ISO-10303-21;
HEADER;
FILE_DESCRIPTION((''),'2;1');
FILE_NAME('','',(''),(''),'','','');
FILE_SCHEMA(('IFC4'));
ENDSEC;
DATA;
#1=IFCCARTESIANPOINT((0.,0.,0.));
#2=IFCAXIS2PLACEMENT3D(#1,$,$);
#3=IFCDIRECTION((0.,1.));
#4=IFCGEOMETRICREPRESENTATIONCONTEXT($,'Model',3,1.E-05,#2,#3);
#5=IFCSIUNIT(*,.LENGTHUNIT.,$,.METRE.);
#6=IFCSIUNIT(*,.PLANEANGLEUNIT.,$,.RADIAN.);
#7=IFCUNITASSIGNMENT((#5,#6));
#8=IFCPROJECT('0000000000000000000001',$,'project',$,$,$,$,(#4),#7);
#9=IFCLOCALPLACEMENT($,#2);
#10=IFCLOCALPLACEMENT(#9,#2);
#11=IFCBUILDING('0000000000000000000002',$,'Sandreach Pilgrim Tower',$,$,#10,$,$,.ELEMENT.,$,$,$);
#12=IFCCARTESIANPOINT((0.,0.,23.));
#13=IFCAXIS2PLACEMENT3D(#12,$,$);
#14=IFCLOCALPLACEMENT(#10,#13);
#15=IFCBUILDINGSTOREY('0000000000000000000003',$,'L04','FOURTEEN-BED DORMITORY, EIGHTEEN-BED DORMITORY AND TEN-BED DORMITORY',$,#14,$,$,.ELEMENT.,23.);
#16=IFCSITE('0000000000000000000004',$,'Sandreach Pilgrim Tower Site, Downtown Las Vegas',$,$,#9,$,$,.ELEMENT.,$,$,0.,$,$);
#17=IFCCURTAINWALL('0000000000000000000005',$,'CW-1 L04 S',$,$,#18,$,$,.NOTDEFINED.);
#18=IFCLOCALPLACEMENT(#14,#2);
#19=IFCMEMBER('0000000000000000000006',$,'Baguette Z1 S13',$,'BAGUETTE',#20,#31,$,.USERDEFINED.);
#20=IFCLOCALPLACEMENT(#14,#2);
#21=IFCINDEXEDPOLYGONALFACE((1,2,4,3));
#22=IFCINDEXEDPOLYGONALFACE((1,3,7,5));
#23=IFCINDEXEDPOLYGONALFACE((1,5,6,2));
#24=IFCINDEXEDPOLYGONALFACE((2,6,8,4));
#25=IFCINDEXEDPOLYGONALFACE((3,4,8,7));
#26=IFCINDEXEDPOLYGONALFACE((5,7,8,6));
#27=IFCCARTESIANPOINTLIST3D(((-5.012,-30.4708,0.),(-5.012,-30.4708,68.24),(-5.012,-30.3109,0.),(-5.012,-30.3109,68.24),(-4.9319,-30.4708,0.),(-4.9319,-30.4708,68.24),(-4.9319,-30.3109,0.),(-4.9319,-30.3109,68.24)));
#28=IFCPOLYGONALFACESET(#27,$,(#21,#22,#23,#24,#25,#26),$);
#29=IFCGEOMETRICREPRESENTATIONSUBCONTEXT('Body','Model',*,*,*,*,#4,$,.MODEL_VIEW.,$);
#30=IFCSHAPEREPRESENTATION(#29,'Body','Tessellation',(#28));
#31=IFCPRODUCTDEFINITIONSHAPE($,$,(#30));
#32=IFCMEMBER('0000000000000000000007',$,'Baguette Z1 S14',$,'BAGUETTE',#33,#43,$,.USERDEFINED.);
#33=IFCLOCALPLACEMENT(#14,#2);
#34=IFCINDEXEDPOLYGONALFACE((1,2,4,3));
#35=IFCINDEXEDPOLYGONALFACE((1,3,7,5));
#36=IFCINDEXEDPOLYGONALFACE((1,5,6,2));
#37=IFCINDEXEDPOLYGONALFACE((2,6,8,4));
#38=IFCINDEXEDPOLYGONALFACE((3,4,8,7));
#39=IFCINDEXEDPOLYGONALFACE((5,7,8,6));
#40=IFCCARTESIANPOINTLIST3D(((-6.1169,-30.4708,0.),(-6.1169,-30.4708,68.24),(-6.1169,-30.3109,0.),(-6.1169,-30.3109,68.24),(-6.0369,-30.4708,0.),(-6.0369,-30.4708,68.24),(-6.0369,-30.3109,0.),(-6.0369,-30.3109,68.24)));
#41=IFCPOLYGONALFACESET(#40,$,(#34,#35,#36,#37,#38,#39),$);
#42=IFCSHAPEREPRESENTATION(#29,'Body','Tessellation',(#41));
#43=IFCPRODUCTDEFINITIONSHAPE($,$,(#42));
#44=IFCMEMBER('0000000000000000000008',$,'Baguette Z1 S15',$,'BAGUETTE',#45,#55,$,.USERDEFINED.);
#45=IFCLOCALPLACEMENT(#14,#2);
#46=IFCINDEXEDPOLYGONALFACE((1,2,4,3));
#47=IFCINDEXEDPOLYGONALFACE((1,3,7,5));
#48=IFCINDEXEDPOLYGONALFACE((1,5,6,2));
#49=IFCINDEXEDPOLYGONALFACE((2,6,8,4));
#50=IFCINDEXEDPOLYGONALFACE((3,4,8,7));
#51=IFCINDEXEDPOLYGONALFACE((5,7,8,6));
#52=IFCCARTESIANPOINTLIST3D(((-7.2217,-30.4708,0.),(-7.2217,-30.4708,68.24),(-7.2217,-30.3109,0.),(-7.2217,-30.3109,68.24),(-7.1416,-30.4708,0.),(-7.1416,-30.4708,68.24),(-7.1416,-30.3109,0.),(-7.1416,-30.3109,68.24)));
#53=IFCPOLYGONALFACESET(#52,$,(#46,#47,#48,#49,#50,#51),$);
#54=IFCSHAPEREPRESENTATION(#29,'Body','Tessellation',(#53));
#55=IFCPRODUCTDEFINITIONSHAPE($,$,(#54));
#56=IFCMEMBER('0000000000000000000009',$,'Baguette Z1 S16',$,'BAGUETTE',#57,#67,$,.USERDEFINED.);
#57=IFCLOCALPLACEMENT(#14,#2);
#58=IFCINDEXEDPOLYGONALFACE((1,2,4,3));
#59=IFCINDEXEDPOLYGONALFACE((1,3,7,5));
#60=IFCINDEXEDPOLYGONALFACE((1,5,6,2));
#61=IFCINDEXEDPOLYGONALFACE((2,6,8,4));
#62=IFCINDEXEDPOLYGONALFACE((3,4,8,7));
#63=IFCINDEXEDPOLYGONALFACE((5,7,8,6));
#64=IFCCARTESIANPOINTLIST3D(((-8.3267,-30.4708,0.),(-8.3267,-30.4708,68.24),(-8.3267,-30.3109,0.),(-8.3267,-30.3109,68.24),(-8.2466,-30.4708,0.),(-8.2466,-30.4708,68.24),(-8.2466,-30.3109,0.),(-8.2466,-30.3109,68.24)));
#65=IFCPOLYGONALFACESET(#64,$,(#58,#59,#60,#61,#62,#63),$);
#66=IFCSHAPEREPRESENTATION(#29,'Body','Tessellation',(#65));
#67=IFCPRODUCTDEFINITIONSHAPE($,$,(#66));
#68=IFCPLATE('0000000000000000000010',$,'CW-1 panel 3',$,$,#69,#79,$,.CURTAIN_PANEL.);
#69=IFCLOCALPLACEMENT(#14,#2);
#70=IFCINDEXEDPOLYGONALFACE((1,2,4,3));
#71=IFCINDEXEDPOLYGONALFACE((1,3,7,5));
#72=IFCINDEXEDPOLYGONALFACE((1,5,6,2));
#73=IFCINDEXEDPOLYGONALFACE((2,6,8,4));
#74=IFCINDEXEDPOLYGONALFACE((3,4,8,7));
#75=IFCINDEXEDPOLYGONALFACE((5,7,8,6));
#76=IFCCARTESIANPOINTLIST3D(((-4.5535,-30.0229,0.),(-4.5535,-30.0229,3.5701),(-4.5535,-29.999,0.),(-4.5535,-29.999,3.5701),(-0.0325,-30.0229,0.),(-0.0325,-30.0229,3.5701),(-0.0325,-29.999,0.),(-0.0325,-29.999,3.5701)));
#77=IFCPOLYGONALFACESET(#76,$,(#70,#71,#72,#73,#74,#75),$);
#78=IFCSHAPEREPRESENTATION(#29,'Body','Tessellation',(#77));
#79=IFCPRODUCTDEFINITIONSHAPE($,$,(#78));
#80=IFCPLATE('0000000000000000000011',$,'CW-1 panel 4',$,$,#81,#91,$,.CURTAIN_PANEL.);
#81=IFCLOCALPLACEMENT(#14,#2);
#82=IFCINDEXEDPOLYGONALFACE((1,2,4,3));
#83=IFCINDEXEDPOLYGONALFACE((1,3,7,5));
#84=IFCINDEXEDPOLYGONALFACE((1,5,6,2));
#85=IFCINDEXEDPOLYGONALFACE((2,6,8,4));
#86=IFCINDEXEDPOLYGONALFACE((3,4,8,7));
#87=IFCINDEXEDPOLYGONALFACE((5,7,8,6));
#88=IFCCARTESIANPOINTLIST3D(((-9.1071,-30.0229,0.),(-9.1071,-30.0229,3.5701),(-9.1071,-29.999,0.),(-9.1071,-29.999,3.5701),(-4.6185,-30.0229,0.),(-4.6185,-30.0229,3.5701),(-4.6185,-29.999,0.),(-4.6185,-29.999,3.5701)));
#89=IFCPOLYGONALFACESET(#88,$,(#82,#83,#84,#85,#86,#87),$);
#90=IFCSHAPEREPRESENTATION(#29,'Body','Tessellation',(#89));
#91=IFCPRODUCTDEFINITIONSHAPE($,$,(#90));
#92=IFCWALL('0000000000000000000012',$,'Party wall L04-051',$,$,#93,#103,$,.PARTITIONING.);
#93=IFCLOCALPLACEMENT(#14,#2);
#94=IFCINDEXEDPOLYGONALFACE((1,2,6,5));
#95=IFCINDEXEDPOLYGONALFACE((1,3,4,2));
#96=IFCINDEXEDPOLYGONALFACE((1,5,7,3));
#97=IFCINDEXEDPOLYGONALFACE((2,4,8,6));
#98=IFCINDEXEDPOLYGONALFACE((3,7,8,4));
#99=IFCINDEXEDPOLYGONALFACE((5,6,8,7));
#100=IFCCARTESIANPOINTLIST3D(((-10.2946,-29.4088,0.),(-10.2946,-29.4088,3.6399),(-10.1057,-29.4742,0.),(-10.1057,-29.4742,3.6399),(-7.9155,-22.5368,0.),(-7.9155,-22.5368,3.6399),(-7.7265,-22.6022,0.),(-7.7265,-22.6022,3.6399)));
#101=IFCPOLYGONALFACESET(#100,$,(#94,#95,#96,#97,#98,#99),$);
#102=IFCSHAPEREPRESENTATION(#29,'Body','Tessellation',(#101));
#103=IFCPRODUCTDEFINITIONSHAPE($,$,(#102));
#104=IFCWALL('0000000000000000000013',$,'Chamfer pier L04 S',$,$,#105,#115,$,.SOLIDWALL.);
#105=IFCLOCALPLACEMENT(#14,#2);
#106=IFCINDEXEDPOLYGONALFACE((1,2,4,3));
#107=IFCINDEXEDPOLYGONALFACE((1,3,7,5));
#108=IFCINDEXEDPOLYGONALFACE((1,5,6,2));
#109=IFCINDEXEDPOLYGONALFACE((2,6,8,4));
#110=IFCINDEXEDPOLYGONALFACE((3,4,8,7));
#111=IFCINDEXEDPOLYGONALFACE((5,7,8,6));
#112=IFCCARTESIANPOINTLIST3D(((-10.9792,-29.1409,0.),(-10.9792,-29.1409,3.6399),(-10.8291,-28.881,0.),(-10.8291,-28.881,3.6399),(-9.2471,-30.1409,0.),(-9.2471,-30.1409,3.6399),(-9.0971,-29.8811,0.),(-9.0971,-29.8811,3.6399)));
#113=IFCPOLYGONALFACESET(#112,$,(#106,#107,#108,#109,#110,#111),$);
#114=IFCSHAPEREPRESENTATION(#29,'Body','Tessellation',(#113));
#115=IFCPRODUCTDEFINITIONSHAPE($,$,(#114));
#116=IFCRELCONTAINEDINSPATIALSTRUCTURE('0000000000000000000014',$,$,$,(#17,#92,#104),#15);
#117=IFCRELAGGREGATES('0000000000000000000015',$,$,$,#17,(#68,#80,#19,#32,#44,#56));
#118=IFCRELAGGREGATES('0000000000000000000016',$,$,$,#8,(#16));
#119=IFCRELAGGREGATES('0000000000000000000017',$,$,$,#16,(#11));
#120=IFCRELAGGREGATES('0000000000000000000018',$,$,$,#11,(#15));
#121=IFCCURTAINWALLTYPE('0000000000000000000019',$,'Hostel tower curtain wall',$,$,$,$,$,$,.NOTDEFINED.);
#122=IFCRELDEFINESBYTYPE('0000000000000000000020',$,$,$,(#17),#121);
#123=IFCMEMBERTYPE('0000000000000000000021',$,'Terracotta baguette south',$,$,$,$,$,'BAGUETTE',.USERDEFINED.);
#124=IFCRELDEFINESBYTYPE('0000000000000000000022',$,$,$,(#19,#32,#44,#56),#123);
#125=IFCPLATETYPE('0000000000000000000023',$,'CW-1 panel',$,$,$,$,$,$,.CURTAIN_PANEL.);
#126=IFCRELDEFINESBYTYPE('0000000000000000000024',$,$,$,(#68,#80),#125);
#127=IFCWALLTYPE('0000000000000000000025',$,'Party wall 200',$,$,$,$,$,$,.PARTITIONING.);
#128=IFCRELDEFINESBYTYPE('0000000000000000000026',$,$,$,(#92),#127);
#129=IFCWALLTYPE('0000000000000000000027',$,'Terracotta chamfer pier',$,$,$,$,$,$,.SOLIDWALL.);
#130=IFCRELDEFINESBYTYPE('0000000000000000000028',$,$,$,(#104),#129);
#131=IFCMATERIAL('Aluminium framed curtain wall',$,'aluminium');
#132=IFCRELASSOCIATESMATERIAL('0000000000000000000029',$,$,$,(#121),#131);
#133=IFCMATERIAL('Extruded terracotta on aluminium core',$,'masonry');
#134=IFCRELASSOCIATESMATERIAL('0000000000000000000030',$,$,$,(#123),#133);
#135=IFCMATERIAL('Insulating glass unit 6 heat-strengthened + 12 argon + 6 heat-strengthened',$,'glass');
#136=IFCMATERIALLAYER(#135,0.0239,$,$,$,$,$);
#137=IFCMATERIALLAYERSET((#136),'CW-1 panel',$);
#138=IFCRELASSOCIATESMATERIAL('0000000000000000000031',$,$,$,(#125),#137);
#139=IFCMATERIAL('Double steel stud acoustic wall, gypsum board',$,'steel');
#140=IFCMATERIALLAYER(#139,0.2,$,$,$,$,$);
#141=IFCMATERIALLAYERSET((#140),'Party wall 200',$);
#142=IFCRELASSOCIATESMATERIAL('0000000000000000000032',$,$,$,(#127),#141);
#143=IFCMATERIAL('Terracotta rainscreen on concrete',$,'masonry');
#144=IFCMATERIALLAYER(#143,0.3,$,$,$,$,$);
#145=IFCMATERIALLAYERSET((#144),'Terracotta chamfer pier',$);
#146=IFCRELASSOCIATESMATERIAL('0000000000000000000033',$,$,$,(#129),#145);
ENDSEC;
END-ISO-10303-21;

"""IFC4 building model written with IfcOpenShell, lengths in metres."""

from ifc_helpers import new_model, si_unit, direction, frame, frame_2d, origin, origin_2d, place, context, subcontext, project, spatial, rectangle, extrude, material, layer, layer_set, material_profile, profile_set, type_object, element, aggregate, save


model = new_model("IFC4")

# Units and contexts
model_context = context("Model", 3, precision=1e-05, world=origin(), true_north=direction((0.0, 1.0)))
body_context = subcontext(model_context, "Body", "Model", "MODEL_VIEW")
ifc_project = project(units=[si_unit("LENGTHUNIT", "METRE"), si_unit("PLANEANGLEUNIT", "RADIAN")], contexts=[model_context])

# Site, building, storey
site_placement = place(None, origin())
site = spatial("IfcSite", under=ifc_project, at=site_placement, Name="Sandreach Pilgrim Tower Site, Downtown Las Vegas", CompositionType="ELEMENT", RefElevation=0.0)
building_placement = place(site_placement, origin())
building = spatial("IfcBuilding", under=site, at=building_placement, Name="Sandreach Pilgrim Tower", CompositionType="ELEMENT")
storey_placement = place(building_placement, frame((0.0, 0.0, 23.0)))
storey = spatial("IfcBuildingStorey", under=building, at=storey_placement, Name="L04", Description="FOURTEEN-BED DORMITORY, EIGHTEEN-BED DORMITORY AND TEN-BED DORMITORY", CompositionType="ELEMENT", Elevation=23.0)

# Curtain wall
ifc_material_1 = material(Name="Aluminium framed curtain wall", Category="aluminium")
curtain_wall_type = type_object("IfcCurtainWallType", Name="Hostel tower curtain wall", PredefinedType="NOTDEFINED", material=ifc_material_1)
curtain_wall_placement = place(storey_placement, origin())
curtain_wall = element("IfcCurtainWall", 1, at=curtain_wall_placement, inside=storey, type_object=curtain_wall_type, Name="CW-1 L04 S", PredefinedType="NOTDEFINED")

# Members
ifc_material_2 = material(Name="Extruded terracotta on aluminium core", Category="masonry")
ifc_material_profile_1 = material_profile(ifc_material_2, rectangle(XDim=0.0801, YDim=0.1599, at=origin_2d()), Name="TBS 80X160")
ifc_profile_set_1 = profile_set([ifc_material_profile_1], Name="Extruded terracotta on aluminium core")
member_type_1 = type_object("IfcMemberType", Name="Terracotta baguette south", ElementType="BAGUETTE", PredefinedType="USERDEFINED", material=ifc_profile_set_1)
member_1_placement = place(storey_placement, frame((-4.9719, -30.3909, 0.0), z_axis=(0.0, 0.0, 1.0), x_axis=(-1.0, 0.0, 0.0)))
member_1 = element("IfcMember", 2, at=member_1_placement, type_object=member_type_1, Name="Baguette Z1 S13", ObjectType="BAGUETTE", PredefinedType="USERDEFINED", context=body_context, shape_type="SweptSolid", body=[
    extrude(rectangle(XDim=0.0801, YDim=0.1599, at=origin_2d()), origin(), (0.0, 0.0, 1.0), 68.24),
])
member_2_placement = place(storey_placement, frame((-6.0769, -30.3909, 0.0), z_axis=(0.0, 0.0, 1.0), x_axis=(-1.0, 0.0, 0.0)))
member_2 = element("IfcMember", 3, at=member_2_placement, type_object=member_type_1, Name="Baguette Z1 S14", ObjectType="BAGUETTE", PredefinedType="USERDEFINED", context=body_context, shape_type="SweptSolid", body=[
    extrude(rectangle(XDim=0.0801, YDim=0.1599, at=origin_2d()), origin(), (0.0, 0.0, 1.0), 68.24),
])
member_3_placement = place(storey_placement, frame((-7.1816, -30.3909, 0.0), z_axis=(0.0, 0.0, 1.0), x_axis=(-1.0, 0.0, 0.0)))
member_3 = element("IfcMember", 4, at=member_3_placement, type_object=member_type_1, Name="Baguette Z1 S15", ObjectType="BAGUETTE", PredefinedType="USERDEFINED", context=body_context, shape_type="SweptSolid", body=[
    extrude(rectangle(XDim=0.0801, YDim=0.1599, at=origin_2d()), origin(), (0.0, 0.0, 1.0), 68.24),
])
member_4_placement = place(storey_placement, frame((-8.2866, -30.3909, 0.0), z_axis=(0.0, 0.0, 1.0), x_axis=(-1.0, 0.0, 0.0)))
member_4 = element("IfcMember", 5, at=member_4_placement, type_object=member_type_1, Name="Baguette Z1 S16", ObjectType="BAGUETTE", PredefinedType="USERDEFINED", context=body_context, shape_type="SweptSolid", body=[
    extrude(rectangle(XDim=0.0801, YDim=0.1599, at=origin_2d()), origin(), (0.0, 0.0, 1.0), 68.24),
])

# Plates
ifc_material_3 = material(Name="Insulating glass unit 6 heat-strengthened + 12 argon + 6 heat-strengthened", Category="glass")
ifc_layer_1 = layer(ifc_material_3, 0.0239)
ifc_layer_set_1 = layer_set([ifc_layer_1], Name="CW-1 panel")
plate_type = type_object("IfcPlateType", Name="CW-1 panel", PredefinedType="CURTAIN_PANEL", material=ifc_layer_set_1)
plate_1_placement = place(storey_placement, frame((-2.293, -30.011, 0.0), z_axis=(0.0, 0.0, 1.0), x_axis=(-1.0, 0.0, 0.0)))
plate_1 = element("IfcPlate", 6, at=plate_1_placement, type_object=plate_type, Name="CW-1 panel 3", PredefinedType="CURTAIN_PANEL", context=body_context, shape_type="SweptSolid", body=[
    extrude(rectangle(XDim=4.521, YDim=0.0239, at=origin_2d()), origin(), (0.0, 0.0, 1.0), 3.5701),
])
plate_2_placement = place(storey_placement, frame((-6.8628, -30.011, 0.0), z_axis=(0.0, 0.0, 1.0), x_axis=(-1.0, 0.0, 0.0)))
plate_2 = element("IfcPlate", 7, at=plate_2_placement, type_object=plate_type, Name="CW-1 panel 4", PredefinedType="CURTAIN_PANEL", context=body_context, shape_type="SweptSolid", body=[
    extrude(rectangle(XDim=4.4885, YDim=0.0239, at=origin_2d()), origin(), (0.0, 0.0, 1.0), 3.5701),
])
aggregate(curtain_wall, [plate_1, plate_2, member_1, member_2, member_3, member_4])

# Walls
ifc_material_4 = material(Name="Double steel stud acoustic wall, gypsum board", Category="steel")
ifc_layer_2 = layer(ifc_material_4, 0.2)
ifc_layer_set_2 = layer_set([ifc_layer_2], Name="Party wall 200")
wall_type_1 = type_object("IfcWallType", Name="Party wall 200", PredefinedType="PARTITIONING", material=ifc_layer_set_2)
wall_1_placement = place(storey_placement, frame((-10.2002, -29.4417, 0.0), z_axis=(0.0, 0.0, 1.0), x_axis=(0.327154, 0.944971, 0.0)))
element("IfcWall", 8, at=wall_1_placement, inside=storey, type_object=wall_type_1, Name="Party wall L04-051", PredefinedType="PARTITIONING", context=body_context, shape_type="SweptSolid", body=[
    extrude(rectangle(XDim=7.2722, YDim=0.2, at=frame_2d((3.6362, 0.0))), origin(), (0.0, 0.0, 1.0), 3.6399),
])
ifc_material_5 = material(Name="Terracotta rainscreen on concrete", Category="masonry")
ifc_layer_3 = layer(ifc_material_5, 0.3)
ifc_layer_set_3 = layer_set([ifc_layer_3], Name="Terracotta chamfer pier")
wall_type_2 = type_object("IfcWallType", Name="Terracotta chamfer pier", PredefinedType="SOLIDWALL", material=ifc_layer_set_3)
wall_2_placement = place(storey_placement, frame((-9.1721, -30.011, 0.0), z_axis=(0.0, 0.0, 1.0), x_axis=(-0.866011, 0.500025, 0.0)))
element("IfcWall", 9, at=wall_2_placement, inside=storey, type_object=wall_type_2, Name="Chamfer pier L04 S", PredefinedType="SOLIDWALL", context=body_context, shape_type="SweptSolid", body=[
    extrude(rectangle(XDim=2.0, YDim=0.3, at=frame_2d((1.0, 0.0))), origin(), (0.0, 0.0, 1.0), 3.6399),
])

save(model, "model.ifc")
